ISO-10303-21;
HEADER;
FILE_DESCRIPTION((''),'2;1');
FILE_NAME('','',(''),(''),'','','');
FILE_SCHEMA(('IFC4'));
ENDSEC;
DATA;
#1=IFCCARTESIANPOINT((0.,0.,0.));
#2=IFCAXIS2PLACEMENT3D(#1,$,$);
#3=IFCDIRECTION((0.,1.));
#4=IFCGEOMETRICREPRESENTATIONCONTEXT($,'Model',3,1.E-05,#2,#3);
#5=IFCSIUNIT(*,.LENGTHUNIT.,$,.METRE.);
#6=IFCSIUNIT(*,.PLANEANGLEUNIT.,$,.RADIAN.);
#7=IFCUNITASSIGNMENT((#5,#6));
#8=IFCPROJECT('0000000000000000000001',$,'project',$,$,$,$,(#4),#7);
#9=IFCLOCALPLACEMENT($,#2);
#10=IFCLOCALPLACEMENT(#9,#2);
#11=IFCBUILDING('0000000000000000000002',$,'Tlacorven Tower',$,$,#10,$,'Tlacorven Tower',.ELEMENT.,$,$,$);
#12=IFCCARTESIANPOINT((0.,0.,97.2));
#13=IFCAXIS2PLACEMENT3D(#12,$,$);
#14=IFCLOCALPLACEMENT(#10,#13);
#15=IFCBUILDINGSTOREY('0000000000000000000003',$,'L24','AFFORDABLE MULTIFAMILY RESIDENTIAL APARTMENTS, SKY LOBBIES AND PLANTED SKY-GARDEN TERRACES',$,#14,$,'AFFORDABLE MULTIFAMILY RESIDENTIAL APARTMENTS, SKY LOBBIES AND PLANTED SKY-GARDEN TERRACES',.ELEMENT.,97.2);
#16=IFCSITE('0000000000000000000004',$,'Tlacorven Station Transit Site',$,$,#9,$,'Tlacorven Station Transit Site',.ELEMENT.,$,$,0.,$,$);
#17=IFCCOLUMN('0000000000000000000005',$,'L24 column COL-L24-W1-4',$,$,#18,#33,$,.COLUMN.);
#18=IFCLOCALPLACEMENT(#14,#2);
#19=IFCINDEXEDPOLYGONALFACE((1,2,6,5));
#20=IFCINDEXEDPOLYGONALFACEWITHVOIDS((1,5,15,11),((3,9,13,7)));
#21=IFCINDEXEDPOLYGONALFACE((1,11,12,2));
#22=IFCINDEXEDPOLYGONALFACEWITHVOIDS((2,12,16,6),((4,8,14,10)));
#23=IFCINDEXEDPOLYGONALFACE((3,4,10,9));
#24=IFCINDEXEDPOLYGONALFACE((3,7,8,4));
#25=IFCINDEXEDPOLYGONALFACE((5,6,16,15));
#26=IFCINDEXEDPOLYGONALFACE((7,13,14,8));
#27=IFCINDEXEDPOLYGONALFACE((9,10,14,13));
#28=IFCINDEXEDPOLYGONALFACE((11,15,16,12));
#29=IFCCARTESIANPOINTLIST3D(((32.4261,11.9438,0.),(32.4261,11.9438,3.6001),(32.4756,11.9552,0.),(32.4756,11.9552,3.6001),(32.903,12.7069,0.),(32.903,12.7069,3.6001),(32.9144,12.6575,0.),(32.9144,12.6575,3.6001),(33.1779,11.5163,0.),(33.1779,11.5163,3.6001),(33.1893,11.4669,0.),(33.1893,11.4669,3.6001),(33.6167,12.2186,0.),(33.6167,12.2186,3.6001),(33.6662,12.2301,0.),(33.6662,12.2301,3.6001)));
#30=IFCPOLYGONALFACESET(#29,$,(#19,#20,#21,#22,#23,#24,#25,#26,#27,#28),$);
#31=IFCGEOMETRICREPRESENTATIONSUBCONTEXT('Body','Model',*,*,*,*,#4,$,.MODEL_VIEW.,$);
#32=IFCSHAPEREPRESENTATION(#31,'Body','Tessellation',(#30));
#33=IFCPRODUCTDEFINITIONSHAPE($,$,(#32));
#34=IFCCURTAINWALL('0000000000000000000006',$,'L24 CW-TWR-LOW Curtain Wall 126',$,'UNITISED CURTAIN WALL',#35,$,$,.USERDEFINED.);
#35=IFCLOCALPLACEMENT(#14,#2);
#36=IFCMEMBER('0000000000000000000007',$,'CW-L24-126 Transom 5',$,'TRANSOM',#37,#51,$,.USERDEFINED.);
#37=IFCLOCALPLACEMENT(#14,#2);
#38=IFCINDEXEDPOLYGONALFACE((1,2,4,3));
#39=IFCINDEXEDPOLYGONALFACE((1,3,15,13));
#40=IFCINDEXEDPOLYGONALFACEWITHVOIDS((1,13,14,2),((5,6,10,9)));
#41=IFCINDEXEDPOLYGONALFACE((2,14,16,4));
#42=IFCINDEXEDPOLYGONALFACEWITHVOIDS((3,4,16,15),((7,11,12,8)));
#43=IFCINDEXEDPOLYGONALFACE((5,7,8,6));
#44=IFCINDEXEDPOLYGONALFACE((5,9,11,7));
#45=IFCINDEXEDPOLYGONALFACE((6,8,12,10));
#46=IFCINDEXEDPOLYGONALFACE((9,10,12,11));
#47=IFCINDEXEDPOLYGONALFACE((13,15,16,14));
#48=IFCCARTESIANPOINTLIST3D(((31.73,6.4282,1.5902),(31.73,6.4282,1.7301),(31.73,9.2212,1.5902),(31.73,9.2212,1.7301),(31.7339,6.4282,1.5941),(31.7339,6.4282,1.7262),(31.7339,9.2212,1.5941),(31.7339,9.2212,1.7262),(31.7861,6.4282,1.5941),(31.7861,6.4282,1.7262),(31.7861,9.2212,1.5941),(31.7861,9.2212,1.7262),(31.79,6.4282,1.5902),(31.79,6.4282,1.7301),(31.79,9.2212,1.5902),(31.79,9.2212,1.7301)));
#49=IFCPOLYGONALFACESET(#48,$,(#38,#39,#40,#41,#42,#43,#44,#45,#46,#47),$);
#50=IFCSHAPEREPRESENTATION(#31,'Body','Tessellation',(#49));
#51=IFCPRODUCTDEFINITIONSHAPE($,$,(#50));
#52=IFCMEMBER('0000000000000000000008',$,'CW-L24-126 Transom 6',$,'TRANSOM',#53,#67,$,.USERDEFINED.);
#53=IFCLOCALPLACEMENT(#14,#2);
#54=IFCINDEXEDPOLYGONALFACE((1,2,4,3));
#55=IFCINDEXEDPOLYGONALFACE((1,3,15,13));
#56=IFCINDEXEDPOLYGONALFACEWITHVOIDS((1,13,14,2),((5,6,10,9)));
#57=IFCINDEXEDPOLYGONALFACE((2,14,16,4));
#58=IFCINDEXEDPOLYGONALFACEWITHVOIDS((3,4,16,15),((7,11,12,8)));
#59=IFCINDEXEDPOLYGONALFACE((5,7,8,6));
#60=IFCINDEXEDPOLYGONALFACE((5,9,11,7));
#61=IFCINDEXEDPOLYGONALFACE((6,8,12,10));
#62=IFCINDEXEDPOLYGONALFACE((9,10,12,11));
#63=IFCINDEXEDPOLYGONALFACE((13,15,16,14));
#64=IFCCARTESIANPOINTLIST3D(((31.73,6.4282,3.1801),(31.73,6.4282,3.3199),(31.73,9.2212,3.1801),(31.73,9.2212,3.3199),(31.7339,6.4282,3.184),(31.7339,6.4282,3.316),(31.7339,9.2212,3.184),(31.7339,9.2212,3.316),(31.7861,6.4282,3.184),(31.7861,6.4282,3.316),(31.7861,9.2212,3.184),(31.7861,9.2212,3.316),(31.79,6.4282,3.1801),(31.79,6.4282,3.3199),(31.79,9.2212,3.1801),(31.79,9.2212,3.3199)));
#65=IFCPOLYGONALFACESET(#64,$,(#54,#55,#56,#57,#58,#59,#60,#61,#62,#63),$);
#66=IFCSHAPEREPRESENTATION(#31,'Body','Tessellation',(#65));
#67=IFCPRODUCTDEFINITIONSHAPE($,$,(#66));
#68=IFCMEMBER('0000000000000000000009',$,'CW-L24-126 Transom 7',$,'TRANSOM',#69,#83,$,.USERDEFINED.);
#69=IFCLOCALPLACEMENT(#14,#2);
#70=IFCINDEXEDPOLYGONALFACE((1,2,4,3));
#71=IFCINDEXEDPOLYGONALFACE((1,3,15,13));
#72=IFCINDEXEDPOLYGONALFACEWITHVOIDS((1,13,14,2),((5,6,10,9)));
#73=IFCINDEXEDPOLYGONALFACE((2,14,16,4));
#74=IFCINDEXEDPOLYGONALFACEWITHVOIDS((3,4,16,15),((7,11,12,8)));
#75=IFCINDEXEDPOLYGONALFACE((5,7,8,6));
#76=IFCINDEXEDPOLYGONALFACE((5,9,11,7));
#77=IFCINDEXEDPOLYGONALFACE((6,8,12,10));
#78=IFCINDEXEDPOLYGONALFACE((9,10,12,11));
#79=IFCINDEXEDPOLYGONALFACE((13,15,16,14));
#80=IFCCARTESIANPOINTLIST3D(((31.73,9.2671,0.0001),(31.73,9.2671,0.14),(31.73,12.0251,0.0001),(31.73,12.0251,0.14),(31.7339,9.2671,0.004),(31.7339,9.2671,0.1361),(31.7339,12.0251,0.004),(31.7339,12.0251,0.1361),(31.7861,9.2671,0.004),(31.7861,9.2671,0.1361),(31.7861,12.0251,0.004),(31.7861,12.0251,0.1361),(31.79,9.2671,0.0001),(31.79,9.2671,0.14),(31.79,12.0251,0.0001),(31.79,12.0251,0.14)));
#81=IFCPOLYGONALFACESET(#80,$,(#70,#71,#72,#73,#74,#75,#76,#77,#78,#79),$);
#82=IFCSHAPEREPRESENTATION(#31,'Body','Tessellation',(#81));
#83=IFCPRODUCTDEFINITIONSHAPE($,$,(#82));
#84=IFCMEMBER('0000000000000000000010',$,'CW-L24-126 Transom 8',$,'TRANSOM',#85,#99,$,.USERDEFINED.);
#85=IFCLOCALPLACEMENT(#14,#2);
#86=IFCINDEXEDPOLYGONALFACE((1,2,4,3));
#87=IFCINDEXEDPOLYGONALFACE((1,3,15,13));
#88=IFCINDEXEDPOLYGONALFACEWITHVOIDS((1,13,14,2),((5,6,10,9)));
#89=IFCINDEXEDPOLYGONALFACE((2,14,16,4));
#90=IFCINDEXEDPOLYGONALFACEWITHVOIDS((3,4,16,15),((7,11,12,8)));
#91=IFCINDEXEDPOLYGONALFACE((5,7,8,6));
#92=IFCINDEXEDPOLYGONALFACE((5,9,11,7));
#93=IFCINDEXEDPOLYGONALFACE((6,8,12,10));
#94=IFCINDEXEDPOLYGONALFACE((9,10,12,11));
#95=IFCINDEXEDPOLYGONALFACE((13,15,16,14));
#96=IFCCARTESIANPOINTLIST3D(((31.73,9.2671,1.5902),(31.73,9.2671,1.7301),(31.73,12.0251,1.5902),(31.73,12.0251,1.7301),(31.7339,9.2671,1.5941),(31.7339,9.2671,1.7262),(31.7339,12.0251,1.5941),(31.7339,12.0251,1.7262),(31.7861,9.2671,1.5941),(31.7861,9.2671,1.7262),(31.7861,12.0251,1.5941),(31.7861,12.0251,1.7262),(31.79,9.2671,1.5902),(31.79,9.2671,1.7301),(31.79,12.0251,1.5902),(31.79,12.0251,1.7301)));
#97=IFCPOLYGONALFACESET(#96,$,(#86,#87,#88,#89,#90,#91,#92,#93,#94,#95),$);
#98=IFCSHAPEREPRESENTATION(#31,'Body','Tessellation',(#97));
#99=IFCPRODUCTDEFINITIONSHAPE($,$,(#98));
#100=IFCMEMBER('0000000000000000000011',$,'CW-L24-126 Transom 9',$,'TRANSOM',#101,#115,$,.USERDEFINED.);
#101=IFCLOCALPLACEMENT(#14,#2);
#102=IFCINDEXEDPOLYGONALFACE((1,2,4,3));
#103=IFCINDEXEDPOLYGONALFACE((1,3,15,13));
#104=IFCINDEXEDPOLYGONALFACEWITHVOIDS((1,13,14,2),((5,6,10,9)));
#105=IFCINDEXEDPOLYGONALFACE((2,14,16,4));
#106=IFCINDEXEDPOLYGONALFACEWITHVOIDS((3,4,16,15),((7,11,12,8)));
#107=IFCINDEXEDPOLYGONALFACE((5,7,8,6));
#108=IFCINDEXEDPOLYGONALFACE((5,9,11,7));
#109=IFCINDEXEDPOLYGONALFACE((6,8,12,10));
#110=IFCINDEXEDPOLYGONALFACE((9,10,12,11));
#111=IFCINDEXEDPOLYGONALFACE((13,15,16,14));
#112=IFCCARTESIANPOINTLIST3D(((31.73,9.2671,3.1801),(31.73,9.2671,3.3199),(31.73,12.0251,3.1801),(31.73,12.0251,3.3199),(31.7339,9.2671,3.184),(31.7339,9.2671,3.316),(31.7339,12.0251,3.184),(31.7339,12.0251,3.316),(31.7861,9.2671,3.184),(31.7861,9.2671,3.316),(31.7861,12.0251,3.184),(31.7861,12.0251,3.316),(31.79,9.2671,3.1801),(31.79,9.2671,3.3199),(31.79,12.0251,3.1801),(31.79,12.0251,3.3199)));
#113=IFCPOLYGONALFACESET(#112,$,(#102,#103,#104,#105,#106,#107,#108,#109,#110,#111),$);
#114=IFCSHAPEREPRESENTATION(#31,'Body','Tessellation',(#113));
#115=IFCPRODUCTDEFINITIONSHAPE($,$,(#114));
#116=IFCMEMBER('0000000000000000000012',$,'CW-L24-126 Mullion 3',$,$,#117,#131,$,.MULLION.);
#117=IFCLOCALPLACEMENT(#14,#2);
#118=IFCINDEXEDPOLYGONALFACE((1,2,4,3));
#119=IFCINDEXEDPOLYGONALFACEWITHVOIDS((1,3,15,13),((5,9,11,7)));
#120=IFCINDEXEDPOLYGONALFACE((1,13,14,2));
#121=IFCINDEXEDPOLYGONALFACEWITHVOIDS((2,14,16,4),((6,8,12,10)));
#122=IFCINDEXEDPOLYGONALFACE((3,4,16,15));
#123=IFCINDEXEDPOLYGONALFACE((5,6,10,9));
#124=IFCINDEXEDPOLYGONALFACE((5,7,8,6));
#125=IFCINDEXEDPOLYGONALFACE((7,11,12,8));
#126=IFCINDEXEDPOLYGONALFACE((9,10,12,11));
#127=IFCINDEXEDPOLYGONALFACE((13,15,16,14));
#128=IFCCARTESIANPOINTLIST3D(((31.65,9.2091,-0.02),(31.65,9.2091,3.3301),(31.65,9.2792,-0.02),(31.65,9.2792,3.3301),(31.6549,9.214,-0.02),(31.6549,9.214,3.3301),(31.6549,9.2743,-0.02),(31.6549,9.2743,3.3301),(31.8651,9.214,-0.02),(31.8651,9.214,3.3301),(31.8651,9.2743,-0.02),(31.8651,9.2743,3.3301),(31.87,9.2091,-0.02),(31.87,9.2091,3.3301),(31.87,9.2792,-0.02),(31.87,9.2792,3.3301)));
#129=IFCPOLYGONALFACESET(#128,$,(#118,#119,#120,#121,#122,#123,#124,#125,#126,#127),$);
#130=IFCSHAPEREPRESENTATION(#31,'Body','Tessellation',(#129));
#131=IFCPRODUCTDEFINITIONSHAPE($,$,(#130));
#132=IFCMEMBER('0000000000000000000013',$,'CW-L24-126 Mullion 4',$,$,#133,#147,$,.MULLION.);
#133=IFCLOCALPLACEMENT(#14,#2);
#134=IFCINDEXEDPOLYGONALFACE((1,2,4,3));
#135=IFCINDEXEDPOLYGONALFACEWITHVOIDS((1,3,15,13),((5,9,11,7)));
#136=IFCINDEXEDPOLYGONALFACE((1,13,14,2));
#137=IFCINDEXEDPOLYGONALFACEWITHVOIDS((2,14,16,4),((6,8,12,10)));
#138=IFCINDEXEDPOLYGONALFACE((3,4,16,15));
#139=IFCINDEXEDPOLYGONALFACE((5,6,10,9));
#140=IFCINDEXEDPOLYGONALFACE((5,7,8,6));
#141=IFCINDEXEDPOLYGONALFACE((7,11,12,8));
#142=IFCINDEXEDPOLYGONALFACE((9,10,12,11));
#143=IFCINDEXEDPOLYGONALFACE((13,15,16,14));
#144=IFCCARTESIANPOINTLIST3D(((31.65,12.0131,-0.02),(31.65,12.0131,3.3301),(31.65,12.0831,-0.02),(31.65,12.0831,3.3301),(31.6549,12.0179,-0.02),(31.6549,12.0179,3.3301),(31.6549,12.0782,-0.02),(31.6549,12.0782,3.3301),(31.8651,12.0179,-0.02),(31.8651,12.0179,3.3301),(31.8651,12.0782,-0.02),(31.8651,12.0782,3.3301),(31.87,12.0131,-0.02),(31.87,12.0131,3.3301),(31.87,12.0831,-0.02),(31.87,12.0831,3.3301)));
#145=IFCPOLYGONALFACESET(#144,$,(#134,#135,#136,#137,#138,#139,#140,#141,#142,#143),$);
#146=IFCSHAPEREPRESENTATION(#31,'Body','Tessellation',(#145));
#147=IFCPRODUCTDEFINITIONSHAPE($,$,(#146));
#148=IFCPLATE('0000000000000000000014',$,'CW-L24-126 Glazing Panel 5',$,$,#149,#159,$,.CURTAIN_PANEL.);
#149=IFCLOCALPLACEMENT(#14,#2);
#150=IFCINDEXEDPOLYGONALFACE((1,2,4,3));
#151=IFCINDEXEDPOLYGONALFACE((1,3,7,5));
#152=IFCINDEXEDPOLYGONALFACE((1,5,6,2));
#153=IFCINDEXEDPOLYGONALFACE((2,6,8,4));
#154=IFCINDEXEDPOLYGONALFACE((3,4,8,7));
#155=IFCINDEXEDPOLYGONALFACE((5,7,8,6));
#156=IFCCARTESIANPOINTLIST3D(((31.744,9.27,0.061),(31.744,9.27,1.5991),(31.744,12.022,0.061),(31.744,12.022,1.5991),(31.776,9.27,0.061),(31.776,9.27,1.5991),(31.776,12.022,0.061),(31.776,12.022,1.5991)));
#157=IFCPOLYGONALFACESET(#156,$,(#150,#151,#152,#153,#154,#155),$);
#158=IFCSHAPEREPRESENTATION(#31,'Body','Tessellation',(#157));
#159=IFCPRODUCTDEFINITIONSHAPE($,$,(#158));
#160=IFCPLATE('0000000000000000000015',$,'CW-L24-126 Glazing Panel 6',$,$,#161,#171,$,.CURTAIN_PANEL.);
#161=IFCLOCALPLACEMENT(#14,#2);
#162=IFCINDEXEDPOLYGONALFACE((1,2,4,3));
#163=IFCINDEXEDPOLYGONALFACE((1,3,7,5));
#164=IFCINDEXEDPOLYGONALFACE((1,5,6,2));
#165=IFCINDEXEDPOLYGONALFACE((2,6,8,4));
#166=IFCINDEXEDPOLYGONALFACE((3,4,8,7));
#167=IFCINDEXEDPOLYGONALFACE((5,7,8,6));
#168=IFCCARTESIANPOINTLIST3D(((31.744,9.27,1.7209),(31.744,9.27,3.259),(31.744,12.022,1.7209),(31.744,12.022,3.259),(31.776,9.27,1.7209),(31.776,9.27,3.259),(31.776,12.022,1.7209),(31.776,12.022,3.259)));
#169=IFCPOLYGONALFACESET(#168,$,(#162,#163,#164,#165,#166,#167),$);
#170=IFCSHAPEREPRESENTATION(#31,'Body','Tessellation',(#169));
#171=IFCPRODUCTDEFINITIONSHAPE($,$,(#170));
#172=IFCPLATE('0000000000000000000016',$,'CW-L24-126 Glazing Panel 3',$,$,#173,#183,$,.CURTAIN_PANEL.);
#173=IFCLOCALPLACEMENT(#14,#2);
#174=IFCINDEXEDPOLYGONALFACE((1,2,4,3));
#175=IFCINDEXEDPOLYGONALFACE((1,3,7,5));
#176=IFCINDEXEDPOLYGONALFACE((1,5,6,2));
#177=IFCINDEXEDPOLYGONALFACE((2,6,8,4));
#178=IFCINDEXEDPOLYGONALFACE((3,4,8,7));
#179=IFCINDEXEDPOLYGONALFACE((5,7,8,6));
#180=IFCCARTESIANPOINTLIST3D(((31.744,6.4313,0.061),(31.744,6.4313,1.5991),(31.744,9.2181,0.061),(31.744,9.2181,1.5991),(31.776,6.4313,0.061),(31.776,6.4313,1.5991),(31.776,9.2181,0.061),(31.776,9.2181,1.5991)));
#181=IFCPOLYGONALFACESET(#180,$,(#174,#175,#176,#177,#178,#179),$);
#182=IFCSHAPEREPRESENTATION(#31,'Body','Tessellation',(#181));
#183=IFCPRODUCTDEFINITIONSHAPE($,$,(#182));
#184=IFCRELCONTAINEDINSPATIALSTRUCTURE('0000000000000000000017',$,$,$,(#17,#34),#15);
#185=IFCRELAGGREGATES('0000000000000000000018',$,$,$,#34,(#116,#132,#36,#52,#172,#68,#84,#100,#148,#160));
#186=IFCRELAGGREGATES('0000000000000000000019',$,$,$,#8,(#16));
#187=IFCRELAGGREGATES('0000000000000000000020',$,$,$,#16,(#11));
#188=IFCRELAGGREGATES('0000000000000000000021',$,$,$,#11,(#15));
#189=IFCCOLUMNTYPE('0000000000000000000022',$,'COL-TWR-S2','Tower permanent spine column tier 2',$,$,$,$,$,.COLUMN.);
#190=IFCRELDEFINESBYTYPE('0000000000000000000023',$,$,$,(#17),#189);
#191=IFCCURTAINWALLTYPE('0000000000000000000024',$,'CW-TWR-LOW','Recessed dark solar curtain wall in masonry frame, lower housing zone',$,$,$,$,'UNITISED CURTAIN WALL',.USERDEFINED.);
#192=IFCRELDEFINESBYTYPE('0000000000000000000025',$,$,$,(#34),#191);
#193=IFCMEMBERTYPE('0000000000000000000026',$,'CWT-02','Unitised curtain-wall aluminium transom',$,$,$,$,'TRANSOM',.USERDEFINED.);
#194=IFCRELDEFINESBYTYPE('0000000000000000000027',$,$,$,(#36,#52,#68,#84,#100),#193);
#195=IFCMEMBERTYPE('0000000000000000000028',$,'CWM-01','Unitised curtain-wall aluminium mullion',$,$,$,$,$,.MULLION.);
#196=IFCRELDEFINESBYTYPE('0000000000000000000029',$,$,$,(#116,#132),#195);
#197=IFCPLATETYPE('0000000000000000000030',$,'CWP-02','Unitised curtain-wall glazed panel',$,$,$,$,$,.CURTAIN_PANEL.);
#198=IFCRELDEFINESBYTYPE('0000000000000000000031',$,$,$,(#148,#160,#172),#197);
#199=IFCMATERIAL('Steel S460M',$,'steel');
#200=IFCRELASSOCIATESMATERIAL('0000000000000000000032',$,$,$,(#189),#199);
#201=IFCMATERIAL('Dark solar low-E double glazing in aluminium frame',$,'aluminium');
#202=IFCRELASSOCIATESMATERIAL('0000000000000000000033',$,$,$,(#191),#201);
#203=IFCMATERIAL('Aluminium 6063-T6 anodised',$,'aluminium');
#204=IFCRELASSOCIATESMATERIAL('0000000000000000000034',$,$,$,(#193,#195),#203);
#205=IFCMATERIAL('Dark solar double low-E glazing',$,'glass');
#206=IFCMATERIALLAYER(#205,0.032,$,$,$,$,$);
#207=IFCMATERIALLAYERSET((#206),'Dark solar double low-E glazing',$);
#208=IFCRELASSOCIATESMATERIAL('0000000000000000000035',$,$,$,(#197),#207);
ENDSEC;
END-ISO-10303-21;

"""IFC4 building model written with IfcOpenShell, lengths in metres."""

from ifc_helpers import new_model, si_unit, direction, frame, origin, origin_2d, place, context, subcontext, project, spatial, rectangle, hollow_rectangle, extrude, source, transform, mapped, material, layer, layer_set, material_profile, profile_set, type_object, element, aggregate, save


model = new_model("IFC4")

# Units and contexts
model_context = context("Model", 3, precision=1e-05, world=origin(), true_north=direction((0.0, 1.0)))
body_context = subcontext(model_context, "Body", "Model", "MODEL_VIEW")
ifc_project = project(units=[si_unit("LENGTHUNIT", "METRE"), si_unit("PLANEANGLEUNIT", "RADIAN")], contexts=[model_context])

# Site, building, storey
site_placement = place(None, origin())
site = spatial("IfcSite", under=ifc_project, at=site_placement, Name="Tlacorven Station Transit Site", LongName="Tlacorven Station Transit Site", CompositionType="ELEMENT", RefElevation=0.0)
building_placement = place(site_placement, origin())
building = spatial("IfcBuilding", under=site, at=building_placement, Name="Tlacorven Tower", LongName="Tlacorven Tower", CompositionType="ELEMENT")
storey_placement = place(building_placement, frame((0.0, 0.0, 97.2)))
storey = spatial("IfcBuildingStorey", under=building, at=storey_placement, Name="L24", Description="AFFORDABLE MULTIFAMILY RESIDENTIAL APARTMENTS, SKY LOBBIES AND PLANTED SKY-GARDEN TERRACES", LongName="AFFORDABLE MULTIFAMILY RESIDENTIAL APARTMENTS, SKY LOBBIES AND PLANTED SKY-GARDEN TERRACES", CompositionType="ELEMENT", Elevation=97.2)

# Column
ifc_material_1 = material(Name="Steel S460M", Category="steel")
ifc_material_profile_1 = material_profile(ifc_material_1, hollow_rectangle(XDim=0.8999, YDim=0.8999, WallThickness=0.0359, at=origin_2d()), Name="BOX 900X900X36")
ifc_profile_set_1 = profile_set([ifc_material_profile_1], Name="Steel S460M")
column_type = type_object("IfcColumnType", Name="COL-TWR-S2", Description="Tower permanent spine column tier 2", PredefinedType="COLUMN", material=ifc_profile_set_1)
shared_shape_1 = source(origin(), body_context, "Body", "SweptSolid", [
    extrude(hollow_rectangle(XDim=0.8999, YDim=0.8999, WallThickness=0.0359, at=origin_2d()), origin(), (0.0, 0.0, 1.0), 3.6001),
])
column_placement = place(storey_placement, frame((33.0461, 12.0869, 0.0), z_axis=(0.0, 0.0, 1.0), x_axis=(-0.848048, 0.529919, 0.0)))
element("IfcColumn", 1, at=column_placement, inside=storey, type_object=column_type, Name="L24 column COL-L24-W1-4", PredefinedType="COLUMN", context=body_context, shape_type="MappedRepresentation", body=[
    mapped(shared_shape_1, transform((0.0, 0.0, 0.0), scale=1.0)),
])

# Curtain wall, members, plates
ifc_material_2 = material(Name="Dark solar low-E double glazing in aluminium frame", Category="aluminium")
curtain_wall_type = type_object("IfcCurtainWallType", Name="CW-TWR-LOW", Description="Recessed dark solar curtain wall in masonry frame, lower housing zone", ElementType="UNITISED CURTAIN WALL", PredefinedType="USERDEFINED", material=ifc_material_2)
curtain_wall_placement = place(storey_placement, origin())
curtain_wall = element("IfcCurtainWall", 2, at=curtain_wall_placement, inside=storey, type_object=curtain_wall_type, Name="L24 CW-TWR-LOW Curtain Wall 126", ObjectType="UNITISED CURTAIN WALL", PredefinedType="USERDEFINED")
ifc_material_3 = material(Name="Aluminium 6063-T6 anodised", Category="aluminium")
ifc_material_profile_2 = material_profile(ifc_material_3, hollow_rectangle(XDim=0.0601, YDim=0.1399, WallThickness=0.0039, at=origin_2d()), Name="ALU TRANSOM 60X140")
ifc_profile_set_2 = profile_set([ifc_material_profile_2], Name="Aluminium 6063-T6 anodised")
member_type_1 = type_object("IfcMemberType", Name="CWT-02", Description="Unitised curtain-wall aluminium transom", ElementType="TRANSOM", PredefinedType="USERDEFINED", material=ifc_profile_set_2)
shared_shape_2 = source(origin(), body_context, "Body", "SweptSolid", [
    extrude(hollow_rectangle(XDim=0.0601, YDim=0.1399, WallThickness=0.0039, at=origin_2d()), origin(), (0.0, 0.0, 1.0), 2.793),
])
member_1_placement = place(storey_placement, frame((31.76, 6.4282, 1.6602), z_axis=(0.0, 1.0, 0.0), x_axis=(-1.0, 0.0, 0.0)))
member_1 = element("IfcMember", 3, at=member_1_placement, type_object=member_type_1, Name="CW-L24-126 Transom 5", ObjectType="TRANSOM", PredefinedType="USERDEFINED", context=body_context, shape_type="MappedRepresentation", body=[
    mapped(shared_shape_2, transform((0.0, 0.0, 0.0), scale=1.0)),
])
member_2_placement = place(storey_placement, frame((31.76, 6.4282, 3.25), z_axis=(0.0, 1.0, 0.0), x_axis=(-1.0, 0.0, 0.0)))
member_2 = element("IfcMember", 4, at=member_2_placement, type_object=member_type_1, Name="CW-L24-126 Transom 6", ObjectType="TRANSOM", PredefinedType="USERDEFINED", context=body_context, shape_type="MappedRepresentation", body=[
    mapped(shared_shape_2, transform((0.0, 0.0, 0.0), scale=1.0)),
])
shared_shape_3 = source(origin(), body_context, "Body", "SweptSolid", [
    extrude(hollow_rectangle(XDim=0.0601, YDim=0.1399, WallThickness=0.0039, at=origin_2d()), origin(), (0.0, 0.0, 1.0), 2.7581),
])
member_3_placement = place(storey_placement, frame((31.76, 9.2671, 0.0701), z_axis=(0.0, 1.0, 0.0), x_axis=(-1.0, 0.0, 0.0)))
member_3 = element("IfcMember", 5, at=member_3_placement, type_object=member_type_1, Name="CW-L24-126 Transom 7", ObjectType="TRANSOM", PredefinedType="USERDEFINED", context=body_context, shape_type="MappedRepresentation", body=[
    mapped(shared_shape_3, transform((0.0, 0.0, 0.0), scale=1.0)),
])
member_4_placement = place(storey_placement, frame((31.76, 9.2671, 1.6602), z_axis=(0.0, 1.0, 0.0), x_axis=(-1.0, 0.0, 0.0)))
member_4 = element("IfcMember", 6, at=member_4_placement, type_object=member_type_1, Name="CW-L24-126 Transom 8", ObjectType="TRANSOM", PredefinedType="USERDEFINED", context=body_context, shape_type="MappedRepresentation", body=[
    mapped(shared_shape_3, transform((0.0, 0.0, 0.0), scale=1.0)),
])
member_5_placement = place(storey_placement, frame((31.76, 9.2671, 3.25), z_axis=(0.0, 1.0, 0.0), x_axis=(-1.0, 0.0, 0.0)))
member_5 = element("IfcMember", 7, at=member_5_placement, type_object=member_type_1, Name="CW-L24-126 Transom 9", ObjectType="TRANSOM", PredefinedType="USERDEFINED", context=body_context, shape_type="MappedRepresentation", body=[
    mapped(shared_shape_3, transform((0.0, 0.0, 0.0), scale=1.0)),
])
ifc_material_profile_3 = material_profile(ifc_material_3, hollow_rectangle(XDim=0.0701, YDim=0.22, WallThickness=0.0049, at=origin_2d()), Name="ALU MULLION 70X220")
ifc_profile_set_3 = profile_set([ifc_material_profile_3], Name="Aluminium 6063-T6 anodised")
member_type_2 = type_object("IfcMemberType", Name="CWM-01", Description="Unitised curtain-wall aluminium mullion", PredefinedType="MULLION", material=ifc_profile_set_3)
shared_shape_4 = source(origin(), body_context, "Body", "SweptSolid", [
    extrude(hollow_rectangle(XDim=0.0701, YDim=0.22, WallThickness=0.0049, at=origin_2d()), origin(), (0.0, 0.0, 1.0), 3.3501),
])
member_6_placement = place(storey_placement, frame((31.76, 9.2441, -0.02), z_axis=(0.0, 0.0, 1.0), x_axis=(0.0, 1.0, 0.0)))
member_6 = element("IfcMember", 8, at=member_6_placement, type_object=member_type_2, Name="CW-L24-126 Mullion 3", PredefinedType="MULLION", context=body_context, shape_type="MappedRepresentation", body=[
    mapped(shared_shape_4, transform((0.0, 0.0, 0.0), scale=1.0)),
])
member_7_placement = place(storey_placement, frame((31.76, 12.0481, -0.02), z_axis=(0.0, 0.0, 1.0), x_axis=(0.0, 1.0, 0.0)))
member_7 = element("IfcMember", 9, at=member_7_placement, type_object=member_type_2, Name="CW-L24-126 Mullion 4", PredefinedType="MULLION", context=body_context, shape_type="MappedRepresentation", body=[
    mapped(shared_shape_4, transform((0.0, 0.0, 0.0), scale=1.0)),
])
ifc_material_4 = material(Name="Dark solar double low-E glazing", Category="glass")
ifc_layer = layer(ifc_material_4, 0.032)
ifc_layer_set = layer_set([ifc_layer], Name="Dark solar double low-E glazing")
plate_type = type_object("IfcPlateType", Name="CWP-02", Description="Unitised curtain-wall glazed panel", PredefinedType="CURTAIN_PANEL", material=ifc_layer_set)
shared_shape_5 = source(origin(), body_context, "Body", "SweptSolid", [
    extrude(rectangle(XDim=2.752, YDim=0.032, at=origin_2d()), origin(), (0.0, 0.0, 1.0), 1.5381),
])
plate_1_placement = place(storey_placement, frame((31.76, 10.646, 0.061), z_axis=(0.0, 0.0, 1.0), x_axis=(0.0, 1.0, 0.0)))
plate_1 = element("IfcPlate", 10, at=plate_1_placement, type_object=plate_type, Name="CW-L24-126 Glazing Panel 5", PredefinedType="CURTAIN_PANEL", context=body_context, shape_type="MappedRepresentation", body=[
    mapped(shared_shape_5, transform((0.0, 0.0, 0.0), scale=1.0)),
])
plate_2_placement = place(storey_placement, frame((31.76, 10.646, 1.7209), z_axis=(0.0, 0.0, 1.0), x_axis=(0.0, 1.0, 0.0)))
plate_2 = element("IfcPlate", 11, at=plate_2_placement, type_object=plate_type, Name="CW-L24-126 Glazing Panel 6", PredefinedType="CURTAIN_PANEL", context=body_context, shape_type="MappedRepresentation", body=[
    mapped(shared_shape_5, transform((0.0, 0.0, 0.0), scale=1.0)),
])
shared_shape_6 = source(origin(), body_context, "Body", "SweptSolid", [
    extrude(rectangle(XDim=2.7869, YDim=0.032, at=origin_2d()), origin(), (0.0, 0.0, 1.0), 1.5381),
])
plate_3_placement = place(storey_placement, frame((31.76, 7.8247, 0.061), z_axis=(0.0, 0.0, 1.0), x_axis=(0.0, 1.0, 0.0)))
plate_3 = element("IfcPlate", 12, at=plate_3_placement, type_object=plate_type, Name="CW-L24-126 Glazing Panel 3", PredefinedType="CURTAIN_PANEL", context=body_context, shape_type="MappedRepresentation", body=[
    mapped(shared_shape_6, transform((0.0, 0.0, 0.0), scale=1.0)),
])
aggregate(curtain_wall, [member_6, member_7, member_1, member_2, plate_3, member_3, member_4, member_5, plate_1, plate_2])

save(model, "model.ifc")
